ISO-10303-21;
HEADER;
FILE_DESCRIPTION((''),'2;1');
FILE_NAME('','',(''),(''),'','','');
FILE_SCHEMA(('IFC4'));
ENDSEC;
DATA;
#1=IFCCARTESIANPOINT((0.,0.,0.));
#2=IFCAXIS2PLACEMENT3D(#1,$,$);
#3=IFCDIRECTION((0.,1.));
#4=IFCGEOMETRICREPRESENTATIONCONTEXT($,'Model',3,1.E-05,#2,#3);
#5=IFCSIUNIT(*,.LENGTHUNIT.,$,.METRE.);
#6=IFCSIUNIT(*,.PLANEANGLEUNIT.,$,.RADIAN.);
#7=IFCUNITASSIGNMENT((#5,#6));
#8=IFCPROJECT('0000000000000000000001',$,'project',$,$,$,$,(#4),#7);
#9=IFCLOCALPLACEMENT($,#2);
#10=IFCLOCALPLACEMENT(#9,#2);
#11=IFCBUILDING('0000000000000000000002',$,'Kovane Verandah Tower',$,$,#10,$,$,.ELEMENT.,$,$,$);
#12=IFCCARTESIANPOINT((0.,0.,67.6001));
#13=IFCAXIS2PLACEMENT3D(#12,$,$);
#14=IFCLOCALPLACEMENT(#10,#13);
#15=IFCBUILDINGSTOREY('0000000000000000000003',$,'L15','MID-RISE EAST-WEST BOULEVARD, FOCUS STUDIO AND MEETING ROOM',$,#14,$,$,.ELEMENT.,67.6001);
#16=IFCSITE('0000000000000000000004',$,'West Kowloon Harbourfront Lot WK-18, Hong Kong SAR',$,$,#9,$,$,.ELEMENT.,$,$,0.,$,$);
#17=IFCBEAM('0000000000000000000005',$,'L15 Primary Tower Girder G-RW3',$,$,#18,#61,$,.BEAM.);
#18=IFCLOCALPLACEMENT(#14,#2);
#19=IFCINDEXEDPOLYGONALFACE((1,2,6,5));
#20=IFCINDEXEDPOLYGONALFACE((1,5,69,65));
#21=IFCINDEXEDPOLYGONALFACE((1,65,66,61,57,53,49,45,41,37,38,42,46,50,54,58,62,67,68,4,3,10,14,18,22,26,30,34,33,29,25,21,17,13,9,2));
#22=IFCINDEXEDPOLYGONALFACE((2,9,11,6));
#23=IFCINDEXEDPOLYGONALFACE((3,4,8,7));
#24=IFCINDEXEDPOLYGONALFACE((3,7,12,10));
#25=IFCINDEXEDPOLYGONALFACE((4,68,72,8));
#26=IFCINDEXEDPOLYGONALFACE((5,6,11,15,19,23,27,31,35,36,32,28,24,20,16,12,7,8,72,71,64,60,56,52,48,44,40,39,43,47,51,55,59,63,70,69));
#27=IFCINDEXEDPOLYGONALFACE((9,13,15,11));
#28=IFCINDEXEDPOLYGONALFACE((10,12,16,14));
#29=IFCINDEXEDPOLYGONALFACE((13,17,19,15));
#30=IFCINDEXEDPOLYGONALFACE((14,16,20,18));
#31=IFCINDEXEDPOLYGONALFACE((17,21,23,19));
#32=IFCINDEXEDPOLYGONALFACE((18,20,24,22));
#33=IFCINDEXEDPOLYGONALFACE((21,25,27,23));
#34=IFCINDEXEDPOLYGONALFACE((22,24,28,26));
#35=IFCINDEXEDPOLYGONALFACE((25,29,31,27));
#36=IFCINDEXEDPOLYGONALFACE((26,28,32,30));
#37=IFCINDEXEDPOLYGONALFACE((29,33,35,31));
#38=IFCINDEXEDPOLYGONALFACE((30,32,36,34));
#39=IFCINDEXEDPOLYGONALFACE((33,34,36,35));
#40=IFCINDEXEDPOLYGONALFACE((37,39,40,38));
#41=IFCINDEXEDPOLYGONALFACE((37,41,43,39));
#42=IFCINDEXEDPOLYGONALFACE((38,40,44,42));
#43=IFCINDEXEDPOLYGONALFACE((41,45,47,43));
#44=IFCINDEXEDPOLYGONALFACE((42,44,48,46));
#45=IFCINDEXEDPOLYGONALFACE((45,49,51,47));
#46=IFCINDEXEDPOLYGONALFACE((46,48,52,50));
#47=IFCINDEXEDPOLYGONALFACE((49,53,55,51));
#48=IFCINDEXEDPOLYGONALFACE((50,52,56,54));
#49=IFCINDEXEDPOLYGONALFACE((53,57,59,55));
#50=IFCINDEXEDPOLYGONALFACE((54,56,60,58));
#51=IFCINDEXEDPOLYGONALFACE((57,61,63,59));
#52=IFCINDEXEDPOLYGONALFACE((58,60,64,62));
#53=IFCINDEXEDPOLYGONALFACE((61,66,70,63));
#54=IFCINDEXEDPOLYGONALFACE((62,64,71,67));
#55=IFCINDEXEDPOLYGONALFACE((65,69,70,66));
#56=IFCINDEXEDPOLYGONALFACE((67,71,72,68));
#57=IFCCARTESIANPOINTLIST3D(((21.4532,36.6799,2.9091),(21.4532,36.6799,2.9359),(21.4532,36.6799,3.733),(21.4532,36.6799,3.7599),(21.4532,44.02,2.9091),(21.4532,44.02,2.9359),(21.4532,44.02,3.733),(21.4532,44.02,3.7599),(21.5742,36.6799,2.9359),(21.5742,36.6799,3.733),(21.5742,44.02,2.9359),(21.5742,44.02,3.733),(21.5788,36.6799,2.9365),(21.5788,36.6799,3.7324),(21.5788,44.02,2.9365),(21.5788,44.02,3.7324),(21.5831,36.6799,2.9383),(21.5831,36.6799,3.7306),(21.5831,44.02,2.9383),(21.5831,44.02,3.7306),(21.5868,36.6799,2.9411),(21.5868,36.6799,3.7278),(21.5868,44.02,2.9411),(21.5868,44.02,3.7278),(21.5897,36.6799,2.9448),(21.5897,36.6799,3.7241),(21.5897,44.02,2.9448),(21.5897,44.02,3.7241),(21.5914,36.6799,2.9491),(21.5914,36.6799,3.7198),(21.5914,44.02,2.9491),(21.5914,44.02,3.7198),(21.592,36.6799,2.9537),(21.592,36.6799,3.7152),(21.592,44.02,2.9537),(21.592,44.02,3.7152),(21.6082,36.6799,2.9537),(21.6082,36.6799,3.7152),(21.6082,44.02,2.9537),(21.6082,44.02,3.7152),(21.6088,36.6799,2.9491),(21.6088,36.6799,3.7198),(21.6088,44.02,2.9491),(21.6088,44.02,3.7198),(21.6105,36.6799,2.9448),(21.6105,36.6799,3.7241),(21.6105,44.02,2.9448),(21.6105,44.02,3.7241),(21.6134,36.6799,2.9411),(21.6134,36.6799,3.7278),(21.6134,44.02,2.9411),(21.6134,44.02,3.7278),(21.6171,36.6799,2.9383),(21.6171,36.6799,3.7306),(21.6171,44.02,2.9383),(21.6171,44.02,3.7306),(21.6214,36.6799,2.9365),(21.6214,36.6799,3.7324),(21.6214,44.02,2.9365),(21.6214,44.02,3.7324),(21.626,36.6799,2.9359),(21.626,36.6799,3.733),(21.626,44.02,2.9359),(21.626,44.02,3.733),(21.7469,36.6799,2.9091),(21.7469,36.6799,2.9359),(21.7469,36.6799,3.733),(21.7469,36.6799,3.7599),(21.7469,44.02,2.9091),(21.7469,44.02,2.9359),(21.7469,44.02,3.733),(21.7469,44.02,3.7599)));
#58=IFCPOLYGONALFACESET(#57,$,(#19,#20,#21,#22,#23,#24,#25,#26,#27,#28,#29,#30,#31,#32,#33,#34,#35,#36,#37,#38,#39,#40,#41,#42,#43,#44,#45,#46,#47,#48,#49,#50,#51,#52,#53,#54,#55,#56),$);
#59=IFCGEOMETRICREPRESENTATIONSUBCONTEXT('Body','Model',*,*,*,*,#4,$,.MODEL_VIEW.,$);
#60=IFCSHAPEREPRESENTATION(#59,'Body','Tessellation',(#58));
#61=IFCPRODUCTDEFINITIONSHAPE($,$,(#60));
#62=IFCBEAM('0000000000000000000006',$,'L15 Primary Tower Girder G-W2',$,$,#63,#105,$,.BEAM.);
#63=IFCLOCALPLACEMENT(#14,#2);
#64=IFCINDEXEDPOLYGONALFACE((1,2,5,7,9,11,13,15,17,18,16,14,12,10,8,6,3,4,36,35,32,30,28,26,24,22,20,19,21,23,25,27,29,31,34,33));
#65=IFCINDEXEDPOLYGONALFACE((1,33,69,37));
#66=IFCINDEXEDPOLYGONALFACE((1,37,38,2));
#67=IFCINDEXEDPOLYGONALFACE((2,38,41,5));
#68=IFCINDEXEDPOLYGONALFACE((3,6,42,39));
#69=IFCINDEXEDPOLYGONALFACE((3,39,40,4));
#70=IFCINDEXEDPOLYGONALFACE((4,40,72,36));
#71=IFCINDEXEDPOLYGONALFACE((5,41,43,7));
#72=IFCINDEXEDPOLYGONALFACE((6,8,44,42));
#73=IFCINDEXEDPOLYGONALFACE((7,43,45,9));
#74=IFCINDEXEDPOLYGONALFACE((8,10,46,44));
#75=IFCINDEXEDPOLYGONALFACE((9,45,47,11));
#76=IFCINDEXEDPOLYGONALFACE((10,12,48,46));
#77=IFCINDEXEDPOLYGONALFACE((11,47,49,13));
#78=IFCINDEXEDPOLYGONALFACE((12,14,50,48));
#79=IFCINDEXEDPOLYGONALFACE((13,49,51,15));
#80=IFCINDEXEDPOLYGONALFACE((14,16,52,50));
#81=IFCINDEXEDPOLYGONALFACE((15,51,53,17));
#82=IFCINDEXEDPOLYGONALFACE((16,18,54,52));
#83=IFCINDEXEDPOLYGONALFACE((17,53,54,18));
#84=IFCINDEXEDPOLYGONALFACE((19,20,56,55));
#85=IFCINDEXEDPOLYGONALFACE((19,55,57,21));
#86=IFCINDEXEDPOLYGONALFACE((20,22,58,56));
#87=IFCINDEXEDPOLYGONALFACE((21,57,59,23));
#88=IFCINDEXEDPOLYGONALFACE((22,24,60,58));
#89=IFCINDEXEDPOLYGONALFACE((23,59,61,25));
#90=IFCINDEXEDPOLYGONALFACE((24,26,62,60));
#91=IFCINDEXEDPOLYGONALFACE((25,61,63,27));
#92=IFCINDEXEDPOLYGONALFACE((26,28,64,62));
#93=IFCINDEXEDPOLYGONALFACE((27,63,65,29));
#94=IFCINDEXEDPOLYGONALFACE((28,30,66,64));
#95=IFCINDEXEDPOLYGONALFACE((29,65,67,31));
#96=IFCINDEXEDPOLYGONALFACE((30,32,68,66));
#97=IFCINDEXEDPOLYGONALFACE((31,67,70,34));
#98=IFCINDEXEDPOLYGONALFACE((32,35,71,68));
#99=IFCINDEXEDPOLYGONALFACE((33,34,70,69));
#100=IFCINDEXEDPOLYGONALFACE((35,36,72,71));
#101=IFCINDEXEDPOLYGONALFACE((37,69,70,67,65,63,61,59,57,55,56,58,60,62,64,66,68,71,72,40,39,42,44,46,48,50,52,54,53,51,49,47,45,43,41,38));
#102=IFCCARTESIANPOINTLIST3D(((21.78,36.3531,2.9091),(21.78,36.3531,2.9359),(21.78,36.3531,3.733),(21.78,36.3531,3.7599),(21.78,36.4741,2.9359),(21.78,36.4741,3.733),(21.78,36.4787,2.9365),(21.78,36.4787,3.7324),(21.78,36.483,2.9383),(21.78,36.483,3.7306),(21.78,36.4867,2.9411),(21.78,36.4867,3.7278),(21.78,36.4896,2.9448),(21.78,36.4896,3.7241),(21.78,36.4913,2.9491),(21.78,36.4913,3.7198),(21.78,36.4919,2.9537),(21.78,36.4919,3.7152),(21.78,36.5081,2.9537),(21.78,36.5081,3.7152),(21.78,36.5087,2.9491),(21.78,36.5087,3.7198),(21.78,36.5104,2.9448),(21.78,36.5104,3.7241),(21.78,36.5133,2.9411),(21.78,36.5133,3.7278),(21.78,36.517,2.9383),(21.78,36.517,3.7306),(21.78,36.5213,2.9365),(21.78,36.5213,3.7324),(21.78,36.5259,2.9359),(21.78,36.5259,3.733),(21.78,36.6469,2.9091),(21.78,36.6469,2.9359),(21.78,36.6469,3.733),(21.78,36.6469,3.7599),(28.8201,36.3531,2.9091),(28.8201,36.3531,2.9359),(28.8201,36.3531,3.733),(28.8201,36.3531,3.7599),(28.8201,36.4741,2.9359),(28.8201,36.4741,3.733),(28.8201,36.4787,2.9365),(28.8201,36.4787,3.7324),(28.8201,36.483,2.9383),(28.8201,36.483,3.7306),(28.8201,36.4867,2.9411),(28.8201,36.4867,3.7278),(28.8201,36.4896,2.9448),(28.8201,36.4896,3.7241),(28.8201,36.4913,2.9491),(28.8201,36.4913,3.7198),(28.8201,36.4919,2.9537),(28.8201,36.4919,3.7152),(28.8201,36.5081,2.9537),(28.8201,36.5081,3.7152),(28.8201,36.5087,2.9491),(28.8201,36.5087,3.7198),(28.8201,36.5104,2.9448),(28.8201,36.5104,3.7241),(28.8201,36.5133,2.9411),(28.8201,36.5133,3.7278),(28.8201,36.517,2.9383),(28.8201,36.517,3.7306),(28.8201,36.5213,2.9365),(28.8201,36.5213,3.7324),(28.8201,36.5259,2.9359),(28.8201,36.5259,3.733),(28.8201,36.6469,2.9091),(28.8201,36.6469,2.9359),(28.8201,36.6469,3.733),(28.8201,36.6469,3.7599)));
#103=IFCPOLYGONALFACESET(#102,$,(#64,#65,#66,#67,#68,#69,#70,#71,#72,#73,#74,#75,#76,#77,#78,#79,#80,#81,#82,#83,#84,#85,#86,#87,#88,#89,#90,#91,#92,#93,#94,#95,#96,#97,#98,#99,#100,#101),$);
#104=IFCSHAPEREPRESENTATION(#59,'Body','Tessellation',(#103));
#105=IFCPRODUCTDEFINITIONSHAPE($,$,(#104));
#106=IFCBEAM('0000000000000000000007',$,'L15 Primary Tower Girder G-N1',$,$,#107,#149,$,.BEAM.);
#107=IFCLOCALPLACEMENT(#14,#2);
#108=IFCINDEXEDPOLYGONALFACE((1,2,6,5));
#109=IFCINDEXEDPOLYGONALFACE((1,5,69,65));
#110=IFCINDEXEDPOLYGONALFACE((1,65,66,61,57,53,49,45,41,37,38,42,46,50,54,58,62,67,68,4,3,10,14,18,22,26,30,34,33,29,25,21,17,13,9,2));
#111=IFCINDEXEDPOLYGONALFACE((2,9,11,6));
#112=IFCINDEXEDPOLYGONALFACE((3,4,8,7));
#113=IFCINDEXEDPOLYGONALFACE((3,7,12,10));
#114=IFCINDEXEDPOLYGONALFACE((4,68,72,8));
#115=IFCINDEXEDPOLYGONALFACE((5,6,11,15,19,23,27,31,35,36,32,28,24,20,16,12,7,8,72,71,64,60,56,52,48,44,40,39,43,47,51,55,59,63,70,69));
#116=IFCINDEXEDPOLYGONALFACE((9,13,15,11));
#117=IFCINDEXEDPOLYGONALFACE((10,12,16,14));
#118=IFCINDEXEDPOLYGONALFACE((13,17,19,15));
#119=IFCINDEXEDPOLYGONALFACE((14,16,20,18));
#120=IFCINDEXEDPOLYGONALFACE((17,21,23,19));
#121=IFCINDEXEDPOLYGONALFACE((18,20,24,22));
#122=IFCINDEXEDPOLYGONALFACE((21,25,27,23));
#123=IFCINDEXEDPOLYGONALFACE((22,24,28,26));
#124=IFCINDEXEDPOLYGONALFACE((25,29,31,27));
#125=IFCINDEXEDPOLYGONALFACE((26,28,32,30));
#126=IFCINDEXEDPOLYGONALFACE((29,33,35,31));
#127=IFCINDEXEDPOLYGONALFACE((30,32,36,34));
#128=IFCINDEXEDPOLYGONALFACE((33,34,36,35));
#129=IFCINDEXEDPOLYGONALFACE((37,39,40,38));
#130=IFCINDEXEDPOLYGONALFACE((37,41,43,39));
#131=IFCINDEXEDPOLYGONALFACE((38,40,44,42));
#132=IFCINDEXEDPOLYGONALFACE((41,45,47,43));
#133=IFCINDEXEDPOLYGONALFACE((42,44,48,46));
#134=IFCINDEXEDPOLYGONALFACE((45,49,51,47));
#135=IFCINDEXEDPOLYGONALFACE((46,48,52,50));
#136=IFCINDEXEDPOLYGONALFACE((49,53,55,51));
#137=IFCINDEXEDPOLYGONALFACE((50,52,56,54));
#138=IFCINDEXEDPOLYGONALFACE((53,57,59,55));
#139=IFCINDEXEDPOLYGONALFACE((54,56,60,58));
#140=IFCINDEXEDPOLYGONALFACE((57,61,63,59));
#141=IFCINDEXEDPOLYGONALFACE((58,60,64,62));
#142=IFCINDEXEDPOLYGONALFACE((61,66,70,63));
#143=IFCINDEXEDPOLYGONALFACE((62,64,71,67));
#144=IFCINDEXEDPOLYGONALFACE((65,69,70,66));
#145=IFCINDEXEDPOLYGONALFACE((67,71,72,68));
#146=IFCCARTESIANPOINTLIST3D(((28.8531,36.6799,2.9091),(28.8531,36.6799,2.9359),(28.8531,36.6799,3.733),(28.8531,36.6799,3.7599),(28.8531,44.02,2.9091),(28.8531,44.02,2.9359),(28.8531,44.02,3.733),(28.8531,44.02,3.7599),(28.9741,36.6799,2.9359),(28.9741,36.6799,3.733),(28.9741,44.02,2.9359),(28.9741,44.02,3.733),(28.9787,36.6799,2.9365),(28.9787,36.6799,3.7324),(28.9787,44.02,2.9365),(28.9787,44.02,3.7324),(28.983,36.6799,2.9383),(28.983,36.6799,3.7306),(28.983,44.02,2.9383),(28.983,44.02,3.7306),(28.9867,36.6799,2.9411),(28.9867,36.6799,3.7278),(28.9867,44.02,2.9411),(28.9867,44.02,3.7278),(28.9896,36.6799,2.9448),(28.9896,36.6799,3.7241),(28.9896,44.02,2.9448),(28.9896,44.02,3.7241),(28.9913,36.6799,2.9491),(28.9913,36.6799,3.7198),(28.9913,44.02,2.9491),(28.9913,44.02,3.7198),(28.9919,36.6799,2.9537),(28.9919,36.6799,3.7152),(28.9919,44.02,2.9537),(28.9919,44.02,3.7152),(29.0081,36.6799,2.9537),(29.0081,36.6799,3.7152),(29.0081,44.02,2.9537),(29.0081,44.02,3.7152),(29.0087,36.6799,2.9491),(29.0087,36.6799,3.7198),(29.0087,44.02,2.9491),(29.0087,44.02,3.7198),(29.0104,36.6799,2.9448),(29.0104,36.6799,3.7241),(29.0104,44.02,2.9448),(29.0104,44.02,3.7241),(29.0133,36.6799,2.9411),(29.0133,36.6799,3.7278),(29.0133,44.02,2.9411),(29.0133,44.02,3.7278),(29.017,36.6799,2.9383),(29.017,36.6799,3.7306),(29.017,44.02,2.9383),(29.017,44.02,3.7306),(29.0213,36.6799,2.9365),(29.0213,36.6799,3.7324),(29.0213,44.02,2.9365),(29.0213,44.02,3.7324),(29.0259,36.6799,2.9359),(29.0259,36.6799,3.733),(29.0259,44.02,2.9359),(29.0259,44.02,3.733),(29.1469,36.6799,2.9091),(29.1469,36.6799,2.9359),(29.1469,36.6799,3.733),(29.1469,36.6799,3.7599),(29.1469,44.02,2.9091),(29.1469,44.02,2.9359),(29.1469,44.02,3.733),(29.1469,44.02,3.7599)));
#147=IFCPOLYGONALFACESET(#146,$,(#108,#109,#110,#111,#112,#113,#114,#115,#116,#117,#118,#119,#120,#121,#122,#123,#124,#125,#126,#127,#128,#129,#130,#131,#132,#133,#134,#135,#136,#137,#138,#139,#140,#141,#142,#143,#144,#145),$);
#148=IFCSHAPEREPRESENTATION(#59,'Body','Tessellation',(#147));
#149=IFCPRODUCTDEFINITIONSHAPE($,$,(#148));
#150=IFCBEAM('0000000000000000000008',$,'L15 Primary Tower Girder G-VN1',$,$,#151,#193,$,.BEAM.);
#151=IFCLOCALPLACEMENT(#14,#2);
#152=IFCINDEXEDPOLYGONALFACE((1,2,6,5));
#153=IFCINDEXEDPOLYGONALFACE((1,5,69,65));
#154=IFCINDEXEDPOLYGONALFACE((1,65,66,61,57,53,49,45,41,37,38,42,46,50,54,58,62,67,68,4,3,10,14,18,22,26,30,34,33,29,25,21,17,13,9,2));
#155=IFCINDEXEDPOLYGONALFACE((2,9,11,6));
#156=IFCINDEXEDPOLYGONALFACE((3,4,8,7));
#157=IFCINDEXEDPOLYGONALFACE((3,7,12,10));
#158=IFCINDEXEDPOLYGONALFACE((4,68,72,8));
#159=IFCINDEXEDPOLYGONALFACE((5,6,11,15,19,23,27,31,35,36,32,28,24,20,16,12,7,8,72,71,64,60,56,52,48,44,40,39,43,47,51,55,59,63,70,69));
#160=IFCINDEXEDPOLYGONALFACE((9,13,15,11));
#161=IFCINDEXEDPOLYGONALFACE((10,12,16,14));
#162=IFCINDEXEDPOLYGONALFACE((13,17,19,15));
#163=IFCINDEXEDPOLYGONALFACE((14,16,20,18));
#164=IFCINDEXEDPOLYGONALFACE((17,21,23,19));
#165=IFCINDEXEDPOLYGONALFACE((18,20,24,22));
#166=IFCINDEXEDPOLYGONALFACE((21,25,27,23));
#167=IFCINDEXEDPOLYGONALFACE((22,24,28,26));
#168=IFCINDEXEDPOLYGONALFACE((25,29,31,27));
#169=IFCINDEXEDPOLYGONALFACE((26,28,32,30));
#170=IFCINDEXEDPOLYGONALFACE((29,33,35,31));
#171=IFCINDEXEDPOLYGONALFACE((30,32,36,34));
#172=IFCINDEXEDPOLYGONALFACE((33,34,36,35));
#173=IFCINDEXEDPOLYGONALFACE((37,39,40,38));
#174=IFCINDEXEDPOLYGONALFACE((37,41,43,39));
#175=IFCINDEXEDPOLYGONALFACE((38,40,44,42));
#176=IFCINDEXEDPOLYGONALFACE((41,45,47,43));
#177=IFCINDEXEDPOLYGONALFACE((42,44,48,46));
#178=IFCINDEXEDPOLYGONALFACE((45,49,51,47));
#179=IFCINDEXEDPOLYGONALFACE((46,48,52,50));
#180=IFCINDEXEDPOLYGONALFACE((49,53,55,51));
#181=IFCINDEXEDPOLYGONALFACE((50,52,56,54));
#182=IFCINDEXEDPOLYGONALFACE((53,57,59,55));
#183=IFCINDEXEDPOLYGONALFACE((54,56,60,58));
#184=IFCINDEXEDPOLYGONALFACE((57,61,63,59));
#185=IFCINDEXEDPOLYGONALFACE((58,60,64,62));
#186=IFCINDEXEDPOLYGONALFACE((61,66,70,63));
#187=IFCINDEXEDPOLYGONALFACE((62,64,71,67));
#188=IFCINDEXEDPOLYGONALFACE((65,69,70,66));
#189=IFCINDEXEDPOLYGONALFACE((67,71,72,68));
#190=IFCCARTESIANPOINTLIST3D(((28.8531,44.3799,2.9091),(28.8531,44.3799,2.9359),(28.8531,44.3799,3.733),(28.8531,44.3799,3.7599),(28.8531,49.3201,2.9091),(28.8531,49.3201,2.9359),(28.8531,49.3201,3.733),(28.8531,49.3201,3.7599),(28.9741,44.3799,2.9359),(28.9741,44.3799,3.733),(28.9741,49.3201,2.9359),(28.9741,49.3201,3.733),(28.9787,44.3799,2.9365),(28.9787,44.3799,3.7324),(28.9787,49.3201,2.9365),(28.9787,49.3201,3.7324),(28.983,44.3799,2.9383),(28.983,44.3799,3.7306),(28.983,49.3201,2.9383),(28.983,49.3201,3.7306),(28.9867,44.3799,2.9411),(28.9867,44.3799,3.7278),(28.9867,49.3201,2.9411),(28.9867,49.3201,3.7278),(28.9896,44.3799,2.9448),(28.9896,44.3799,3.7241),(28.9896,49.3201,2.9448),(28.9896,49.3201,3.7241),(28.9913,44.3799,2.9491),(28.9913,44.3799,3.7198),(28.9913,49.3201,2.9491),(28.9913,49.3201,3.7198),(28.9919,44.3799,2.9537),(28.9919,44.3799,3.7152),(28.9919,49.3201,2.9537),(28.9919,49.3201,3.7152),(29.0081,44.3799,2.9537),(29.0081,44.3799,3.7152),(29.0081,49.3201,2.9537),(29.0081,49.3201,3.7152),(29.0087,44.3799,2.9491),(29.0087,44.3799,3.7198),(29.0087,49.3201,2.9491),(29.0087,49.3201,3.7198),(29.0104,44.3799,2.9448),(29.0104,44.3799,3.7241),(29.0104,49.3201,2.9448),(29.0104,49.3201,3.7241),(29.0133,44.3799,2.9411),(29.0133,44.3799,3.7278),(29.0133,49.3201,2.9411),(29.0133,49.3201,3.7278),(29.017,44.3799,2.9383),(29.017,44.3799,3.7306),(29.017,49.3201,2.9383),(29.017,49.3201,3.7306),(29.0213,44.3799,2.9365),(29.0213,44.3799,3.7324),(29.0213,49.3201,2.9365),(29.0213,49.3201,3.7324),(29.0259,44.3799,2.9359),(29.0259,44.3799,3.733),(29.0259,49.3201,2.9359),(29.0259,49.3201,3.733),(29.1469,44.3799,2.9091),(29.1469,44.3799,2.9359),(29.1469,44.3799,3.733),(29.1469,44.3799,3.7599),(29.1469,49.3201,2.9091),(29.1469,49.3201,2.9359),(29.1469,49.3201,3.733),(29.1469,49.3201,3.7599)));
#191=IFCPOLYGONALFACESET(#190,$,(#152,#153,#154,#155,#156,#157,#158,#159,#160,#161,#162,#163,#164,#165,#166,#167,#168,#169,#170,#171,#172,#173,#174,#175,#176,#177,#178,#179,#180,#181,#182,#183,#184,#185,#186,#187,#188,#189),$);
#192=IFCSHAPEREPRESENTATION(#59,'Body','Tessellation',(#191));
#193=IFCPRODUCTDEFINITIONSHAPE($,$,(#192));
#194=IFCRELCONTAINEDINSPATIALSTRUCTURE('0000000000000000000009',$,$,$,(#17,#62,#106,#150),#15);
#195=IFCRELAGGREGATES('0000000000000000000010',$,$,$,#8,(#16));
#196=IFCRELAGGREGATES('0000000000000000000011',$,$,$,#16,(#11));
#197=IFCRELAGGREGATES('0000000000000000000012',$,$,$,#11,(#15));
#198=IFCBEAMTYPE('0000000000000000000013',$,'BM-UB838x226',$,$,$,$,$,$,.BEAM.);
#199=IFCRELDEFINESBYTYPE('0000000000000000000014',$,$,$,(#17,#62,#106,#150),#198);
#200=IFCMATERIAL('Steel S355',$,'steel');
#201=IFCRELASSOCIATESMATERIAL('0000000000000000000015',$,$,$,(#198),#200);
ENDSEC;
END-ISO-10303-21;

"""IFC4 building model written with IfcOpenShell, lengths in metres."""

from ifc_helpers import new_model, si_unit, direction, frame, origin, origin_2d, place, context, subcontext, project, spatial, i_section, extrude, material, material_profile, profile_set, type_object, element, save


model = new_model("IFC4")

# Units and contexts
model_context = context("Model", 3, precision=1e-05, world=origin(), true_north=direction((0.0, 1.0)))
body_context = subcontext(model_context, "Body", "Model", "MODEL_VIEW")
ifc_project = project(units=[si_unit("LENGTHUNIT", "METRE"), si_unit("PLANEANGLEUNIT", "RADIAN")], contexts=[model_context])

# Site, building, storey
site_placement = place(None, origin())
site = spatial("IfcSite", under=ifc_project, at=site_placement, Name="West Kowloon Harbourfront Lot WK-18, Hong Kong SAR", CompositionType="ELEMENT", RefElevation=0.0)
building_placement = place(site_placement, origin())
building = spatial("IfcBuilding", under=site, at=building_placement, Name="Kovane Verandah Tower", CompositionType="ELEMENT")
storey_placement = place(building_placement, frame((0.0, 0.0, 67.6001)))
storey = spatial("IfcBuildingStorey", under=building, at=storey_placement, Name="L15", Description="MID-RISE EAST-WEST BOULEVARD, FOCUS STUDIO AND MEETING ROOM", CompositionType="ELEMENT", Elevation=67.6001)

# Beams
ifc_material_1 = material(Name="Steel S355", Category="steel")
ifc_material_profile_1 = material_profile(ifc_material_1, i_section(OverallWidth=0.2937, OverallDepth=0.8508, WebThickness=0.0161, FlangeThickness=0.0269, FilletRadius=0.0178, at=origin_2d()), Name="UB838x292x226")
ifc_profile_set_1 = profile_set([ifc_material_profile_1], Name="Steel S355")
beam_type_1 = type_object("IfcBeamType", Name="BM-UB838x226", PredefinedType="BEAM", material=ifc_profile_set_1)
beam_1_placement = place(storey_placement, frame((21.6001, 36.6799, 3.3345), z_axis=(0.0, 1.0, 0.0), x_axis=(-1.0, 0.0, 0.0)))
element("IfcBeam", 1, at=beam_1_placement, inside=storey, type_object=beam_type_1, Name="L15 Primary Tower Girder G-RW3", PredefinedType="BEAM", context=body_context, shape_type="SweptSolid", body=[
    extrude(i_section(OverallWidth=0.2937, OverallDepth=0.8508, WebThickness=0.0161, FlangeThickness=0.0269, FilletRadius=0.0178, at=origin_2d()), origin(), (0.0, 0.0, 1.0), 7.3401),
])
beam_2_placement = place(storey_placement, frame((28.8201, 36.5, 3.3345), z_axis=(-1.0, 0.0, 0.0), x_axis=(0.0, -1.0, 0.0)))
element("IfcBeam", 2, at=beam_2_placement, inside=storey, type_object=beam_type_1, Name="L15 Primary Tower Girder G-W2", PredefinedType="BEAM", context=body_context, shape_type="SweptSolid", body=[
    extrude(i_section(OverallWidth=0.2937, OverallDepth=0.8508, WebThickness=0.0161, FlangeThickness=0.0269, FilletRadius=0.0178, at=origin_2d()), origin(), (0.0, 0.0, 1.0), 7.04),
])
beam_3_placement = place(storey_placement, frame((29.0, 36.6799, 3.3345), z_axis=(0.0, 1.0, 0.0), x_axis=(-1.0, 0.0, 0.0)))
element("IfcBeam", 3, at=beam_3_placement, inside=storey, type_object=beam_type_1, Name="L15 Primary Tower Girder G-N1", PredefinedType="BEAM", context=body_context, shape_type="SweptSolid", body=[
    extrude(i_section(OverallWidth=0.2937, OverallDepth=0.8508, WebThickness=0.0161, FlangeThickness=0.0269, FilletRadius=0.0178, at=origin_2d()), origin(), (0.0, 0.0, 1.0), 7.3401),
])
beam_4_placement = place(storey_placement, frame((29.0, 44.3799, 3.3345), z_axis=(0.0, 1.0, 0.0), x_axis=(-1.0, 0.0, 0.0)))
element("IfcBeam", 4, at=beam_4_placement, inside=storey, type_object=beam_type_1, Name="L15 Primary Tower Girder G-VN1", PredefinedType="BEAM", context=body_context, shape_type="SweptSolid", body=[
    extrude(i_section(OverallWidth=0.2937, OverallDepth=0.8508, WebThickness=0.0161, FlangeThickness=0.0269, FilletRadius=0.0178, at=origin_2d()), origin(), (0.0, 0.0, 1.0), 4.9402),
])

save(model, "model.ifc")
